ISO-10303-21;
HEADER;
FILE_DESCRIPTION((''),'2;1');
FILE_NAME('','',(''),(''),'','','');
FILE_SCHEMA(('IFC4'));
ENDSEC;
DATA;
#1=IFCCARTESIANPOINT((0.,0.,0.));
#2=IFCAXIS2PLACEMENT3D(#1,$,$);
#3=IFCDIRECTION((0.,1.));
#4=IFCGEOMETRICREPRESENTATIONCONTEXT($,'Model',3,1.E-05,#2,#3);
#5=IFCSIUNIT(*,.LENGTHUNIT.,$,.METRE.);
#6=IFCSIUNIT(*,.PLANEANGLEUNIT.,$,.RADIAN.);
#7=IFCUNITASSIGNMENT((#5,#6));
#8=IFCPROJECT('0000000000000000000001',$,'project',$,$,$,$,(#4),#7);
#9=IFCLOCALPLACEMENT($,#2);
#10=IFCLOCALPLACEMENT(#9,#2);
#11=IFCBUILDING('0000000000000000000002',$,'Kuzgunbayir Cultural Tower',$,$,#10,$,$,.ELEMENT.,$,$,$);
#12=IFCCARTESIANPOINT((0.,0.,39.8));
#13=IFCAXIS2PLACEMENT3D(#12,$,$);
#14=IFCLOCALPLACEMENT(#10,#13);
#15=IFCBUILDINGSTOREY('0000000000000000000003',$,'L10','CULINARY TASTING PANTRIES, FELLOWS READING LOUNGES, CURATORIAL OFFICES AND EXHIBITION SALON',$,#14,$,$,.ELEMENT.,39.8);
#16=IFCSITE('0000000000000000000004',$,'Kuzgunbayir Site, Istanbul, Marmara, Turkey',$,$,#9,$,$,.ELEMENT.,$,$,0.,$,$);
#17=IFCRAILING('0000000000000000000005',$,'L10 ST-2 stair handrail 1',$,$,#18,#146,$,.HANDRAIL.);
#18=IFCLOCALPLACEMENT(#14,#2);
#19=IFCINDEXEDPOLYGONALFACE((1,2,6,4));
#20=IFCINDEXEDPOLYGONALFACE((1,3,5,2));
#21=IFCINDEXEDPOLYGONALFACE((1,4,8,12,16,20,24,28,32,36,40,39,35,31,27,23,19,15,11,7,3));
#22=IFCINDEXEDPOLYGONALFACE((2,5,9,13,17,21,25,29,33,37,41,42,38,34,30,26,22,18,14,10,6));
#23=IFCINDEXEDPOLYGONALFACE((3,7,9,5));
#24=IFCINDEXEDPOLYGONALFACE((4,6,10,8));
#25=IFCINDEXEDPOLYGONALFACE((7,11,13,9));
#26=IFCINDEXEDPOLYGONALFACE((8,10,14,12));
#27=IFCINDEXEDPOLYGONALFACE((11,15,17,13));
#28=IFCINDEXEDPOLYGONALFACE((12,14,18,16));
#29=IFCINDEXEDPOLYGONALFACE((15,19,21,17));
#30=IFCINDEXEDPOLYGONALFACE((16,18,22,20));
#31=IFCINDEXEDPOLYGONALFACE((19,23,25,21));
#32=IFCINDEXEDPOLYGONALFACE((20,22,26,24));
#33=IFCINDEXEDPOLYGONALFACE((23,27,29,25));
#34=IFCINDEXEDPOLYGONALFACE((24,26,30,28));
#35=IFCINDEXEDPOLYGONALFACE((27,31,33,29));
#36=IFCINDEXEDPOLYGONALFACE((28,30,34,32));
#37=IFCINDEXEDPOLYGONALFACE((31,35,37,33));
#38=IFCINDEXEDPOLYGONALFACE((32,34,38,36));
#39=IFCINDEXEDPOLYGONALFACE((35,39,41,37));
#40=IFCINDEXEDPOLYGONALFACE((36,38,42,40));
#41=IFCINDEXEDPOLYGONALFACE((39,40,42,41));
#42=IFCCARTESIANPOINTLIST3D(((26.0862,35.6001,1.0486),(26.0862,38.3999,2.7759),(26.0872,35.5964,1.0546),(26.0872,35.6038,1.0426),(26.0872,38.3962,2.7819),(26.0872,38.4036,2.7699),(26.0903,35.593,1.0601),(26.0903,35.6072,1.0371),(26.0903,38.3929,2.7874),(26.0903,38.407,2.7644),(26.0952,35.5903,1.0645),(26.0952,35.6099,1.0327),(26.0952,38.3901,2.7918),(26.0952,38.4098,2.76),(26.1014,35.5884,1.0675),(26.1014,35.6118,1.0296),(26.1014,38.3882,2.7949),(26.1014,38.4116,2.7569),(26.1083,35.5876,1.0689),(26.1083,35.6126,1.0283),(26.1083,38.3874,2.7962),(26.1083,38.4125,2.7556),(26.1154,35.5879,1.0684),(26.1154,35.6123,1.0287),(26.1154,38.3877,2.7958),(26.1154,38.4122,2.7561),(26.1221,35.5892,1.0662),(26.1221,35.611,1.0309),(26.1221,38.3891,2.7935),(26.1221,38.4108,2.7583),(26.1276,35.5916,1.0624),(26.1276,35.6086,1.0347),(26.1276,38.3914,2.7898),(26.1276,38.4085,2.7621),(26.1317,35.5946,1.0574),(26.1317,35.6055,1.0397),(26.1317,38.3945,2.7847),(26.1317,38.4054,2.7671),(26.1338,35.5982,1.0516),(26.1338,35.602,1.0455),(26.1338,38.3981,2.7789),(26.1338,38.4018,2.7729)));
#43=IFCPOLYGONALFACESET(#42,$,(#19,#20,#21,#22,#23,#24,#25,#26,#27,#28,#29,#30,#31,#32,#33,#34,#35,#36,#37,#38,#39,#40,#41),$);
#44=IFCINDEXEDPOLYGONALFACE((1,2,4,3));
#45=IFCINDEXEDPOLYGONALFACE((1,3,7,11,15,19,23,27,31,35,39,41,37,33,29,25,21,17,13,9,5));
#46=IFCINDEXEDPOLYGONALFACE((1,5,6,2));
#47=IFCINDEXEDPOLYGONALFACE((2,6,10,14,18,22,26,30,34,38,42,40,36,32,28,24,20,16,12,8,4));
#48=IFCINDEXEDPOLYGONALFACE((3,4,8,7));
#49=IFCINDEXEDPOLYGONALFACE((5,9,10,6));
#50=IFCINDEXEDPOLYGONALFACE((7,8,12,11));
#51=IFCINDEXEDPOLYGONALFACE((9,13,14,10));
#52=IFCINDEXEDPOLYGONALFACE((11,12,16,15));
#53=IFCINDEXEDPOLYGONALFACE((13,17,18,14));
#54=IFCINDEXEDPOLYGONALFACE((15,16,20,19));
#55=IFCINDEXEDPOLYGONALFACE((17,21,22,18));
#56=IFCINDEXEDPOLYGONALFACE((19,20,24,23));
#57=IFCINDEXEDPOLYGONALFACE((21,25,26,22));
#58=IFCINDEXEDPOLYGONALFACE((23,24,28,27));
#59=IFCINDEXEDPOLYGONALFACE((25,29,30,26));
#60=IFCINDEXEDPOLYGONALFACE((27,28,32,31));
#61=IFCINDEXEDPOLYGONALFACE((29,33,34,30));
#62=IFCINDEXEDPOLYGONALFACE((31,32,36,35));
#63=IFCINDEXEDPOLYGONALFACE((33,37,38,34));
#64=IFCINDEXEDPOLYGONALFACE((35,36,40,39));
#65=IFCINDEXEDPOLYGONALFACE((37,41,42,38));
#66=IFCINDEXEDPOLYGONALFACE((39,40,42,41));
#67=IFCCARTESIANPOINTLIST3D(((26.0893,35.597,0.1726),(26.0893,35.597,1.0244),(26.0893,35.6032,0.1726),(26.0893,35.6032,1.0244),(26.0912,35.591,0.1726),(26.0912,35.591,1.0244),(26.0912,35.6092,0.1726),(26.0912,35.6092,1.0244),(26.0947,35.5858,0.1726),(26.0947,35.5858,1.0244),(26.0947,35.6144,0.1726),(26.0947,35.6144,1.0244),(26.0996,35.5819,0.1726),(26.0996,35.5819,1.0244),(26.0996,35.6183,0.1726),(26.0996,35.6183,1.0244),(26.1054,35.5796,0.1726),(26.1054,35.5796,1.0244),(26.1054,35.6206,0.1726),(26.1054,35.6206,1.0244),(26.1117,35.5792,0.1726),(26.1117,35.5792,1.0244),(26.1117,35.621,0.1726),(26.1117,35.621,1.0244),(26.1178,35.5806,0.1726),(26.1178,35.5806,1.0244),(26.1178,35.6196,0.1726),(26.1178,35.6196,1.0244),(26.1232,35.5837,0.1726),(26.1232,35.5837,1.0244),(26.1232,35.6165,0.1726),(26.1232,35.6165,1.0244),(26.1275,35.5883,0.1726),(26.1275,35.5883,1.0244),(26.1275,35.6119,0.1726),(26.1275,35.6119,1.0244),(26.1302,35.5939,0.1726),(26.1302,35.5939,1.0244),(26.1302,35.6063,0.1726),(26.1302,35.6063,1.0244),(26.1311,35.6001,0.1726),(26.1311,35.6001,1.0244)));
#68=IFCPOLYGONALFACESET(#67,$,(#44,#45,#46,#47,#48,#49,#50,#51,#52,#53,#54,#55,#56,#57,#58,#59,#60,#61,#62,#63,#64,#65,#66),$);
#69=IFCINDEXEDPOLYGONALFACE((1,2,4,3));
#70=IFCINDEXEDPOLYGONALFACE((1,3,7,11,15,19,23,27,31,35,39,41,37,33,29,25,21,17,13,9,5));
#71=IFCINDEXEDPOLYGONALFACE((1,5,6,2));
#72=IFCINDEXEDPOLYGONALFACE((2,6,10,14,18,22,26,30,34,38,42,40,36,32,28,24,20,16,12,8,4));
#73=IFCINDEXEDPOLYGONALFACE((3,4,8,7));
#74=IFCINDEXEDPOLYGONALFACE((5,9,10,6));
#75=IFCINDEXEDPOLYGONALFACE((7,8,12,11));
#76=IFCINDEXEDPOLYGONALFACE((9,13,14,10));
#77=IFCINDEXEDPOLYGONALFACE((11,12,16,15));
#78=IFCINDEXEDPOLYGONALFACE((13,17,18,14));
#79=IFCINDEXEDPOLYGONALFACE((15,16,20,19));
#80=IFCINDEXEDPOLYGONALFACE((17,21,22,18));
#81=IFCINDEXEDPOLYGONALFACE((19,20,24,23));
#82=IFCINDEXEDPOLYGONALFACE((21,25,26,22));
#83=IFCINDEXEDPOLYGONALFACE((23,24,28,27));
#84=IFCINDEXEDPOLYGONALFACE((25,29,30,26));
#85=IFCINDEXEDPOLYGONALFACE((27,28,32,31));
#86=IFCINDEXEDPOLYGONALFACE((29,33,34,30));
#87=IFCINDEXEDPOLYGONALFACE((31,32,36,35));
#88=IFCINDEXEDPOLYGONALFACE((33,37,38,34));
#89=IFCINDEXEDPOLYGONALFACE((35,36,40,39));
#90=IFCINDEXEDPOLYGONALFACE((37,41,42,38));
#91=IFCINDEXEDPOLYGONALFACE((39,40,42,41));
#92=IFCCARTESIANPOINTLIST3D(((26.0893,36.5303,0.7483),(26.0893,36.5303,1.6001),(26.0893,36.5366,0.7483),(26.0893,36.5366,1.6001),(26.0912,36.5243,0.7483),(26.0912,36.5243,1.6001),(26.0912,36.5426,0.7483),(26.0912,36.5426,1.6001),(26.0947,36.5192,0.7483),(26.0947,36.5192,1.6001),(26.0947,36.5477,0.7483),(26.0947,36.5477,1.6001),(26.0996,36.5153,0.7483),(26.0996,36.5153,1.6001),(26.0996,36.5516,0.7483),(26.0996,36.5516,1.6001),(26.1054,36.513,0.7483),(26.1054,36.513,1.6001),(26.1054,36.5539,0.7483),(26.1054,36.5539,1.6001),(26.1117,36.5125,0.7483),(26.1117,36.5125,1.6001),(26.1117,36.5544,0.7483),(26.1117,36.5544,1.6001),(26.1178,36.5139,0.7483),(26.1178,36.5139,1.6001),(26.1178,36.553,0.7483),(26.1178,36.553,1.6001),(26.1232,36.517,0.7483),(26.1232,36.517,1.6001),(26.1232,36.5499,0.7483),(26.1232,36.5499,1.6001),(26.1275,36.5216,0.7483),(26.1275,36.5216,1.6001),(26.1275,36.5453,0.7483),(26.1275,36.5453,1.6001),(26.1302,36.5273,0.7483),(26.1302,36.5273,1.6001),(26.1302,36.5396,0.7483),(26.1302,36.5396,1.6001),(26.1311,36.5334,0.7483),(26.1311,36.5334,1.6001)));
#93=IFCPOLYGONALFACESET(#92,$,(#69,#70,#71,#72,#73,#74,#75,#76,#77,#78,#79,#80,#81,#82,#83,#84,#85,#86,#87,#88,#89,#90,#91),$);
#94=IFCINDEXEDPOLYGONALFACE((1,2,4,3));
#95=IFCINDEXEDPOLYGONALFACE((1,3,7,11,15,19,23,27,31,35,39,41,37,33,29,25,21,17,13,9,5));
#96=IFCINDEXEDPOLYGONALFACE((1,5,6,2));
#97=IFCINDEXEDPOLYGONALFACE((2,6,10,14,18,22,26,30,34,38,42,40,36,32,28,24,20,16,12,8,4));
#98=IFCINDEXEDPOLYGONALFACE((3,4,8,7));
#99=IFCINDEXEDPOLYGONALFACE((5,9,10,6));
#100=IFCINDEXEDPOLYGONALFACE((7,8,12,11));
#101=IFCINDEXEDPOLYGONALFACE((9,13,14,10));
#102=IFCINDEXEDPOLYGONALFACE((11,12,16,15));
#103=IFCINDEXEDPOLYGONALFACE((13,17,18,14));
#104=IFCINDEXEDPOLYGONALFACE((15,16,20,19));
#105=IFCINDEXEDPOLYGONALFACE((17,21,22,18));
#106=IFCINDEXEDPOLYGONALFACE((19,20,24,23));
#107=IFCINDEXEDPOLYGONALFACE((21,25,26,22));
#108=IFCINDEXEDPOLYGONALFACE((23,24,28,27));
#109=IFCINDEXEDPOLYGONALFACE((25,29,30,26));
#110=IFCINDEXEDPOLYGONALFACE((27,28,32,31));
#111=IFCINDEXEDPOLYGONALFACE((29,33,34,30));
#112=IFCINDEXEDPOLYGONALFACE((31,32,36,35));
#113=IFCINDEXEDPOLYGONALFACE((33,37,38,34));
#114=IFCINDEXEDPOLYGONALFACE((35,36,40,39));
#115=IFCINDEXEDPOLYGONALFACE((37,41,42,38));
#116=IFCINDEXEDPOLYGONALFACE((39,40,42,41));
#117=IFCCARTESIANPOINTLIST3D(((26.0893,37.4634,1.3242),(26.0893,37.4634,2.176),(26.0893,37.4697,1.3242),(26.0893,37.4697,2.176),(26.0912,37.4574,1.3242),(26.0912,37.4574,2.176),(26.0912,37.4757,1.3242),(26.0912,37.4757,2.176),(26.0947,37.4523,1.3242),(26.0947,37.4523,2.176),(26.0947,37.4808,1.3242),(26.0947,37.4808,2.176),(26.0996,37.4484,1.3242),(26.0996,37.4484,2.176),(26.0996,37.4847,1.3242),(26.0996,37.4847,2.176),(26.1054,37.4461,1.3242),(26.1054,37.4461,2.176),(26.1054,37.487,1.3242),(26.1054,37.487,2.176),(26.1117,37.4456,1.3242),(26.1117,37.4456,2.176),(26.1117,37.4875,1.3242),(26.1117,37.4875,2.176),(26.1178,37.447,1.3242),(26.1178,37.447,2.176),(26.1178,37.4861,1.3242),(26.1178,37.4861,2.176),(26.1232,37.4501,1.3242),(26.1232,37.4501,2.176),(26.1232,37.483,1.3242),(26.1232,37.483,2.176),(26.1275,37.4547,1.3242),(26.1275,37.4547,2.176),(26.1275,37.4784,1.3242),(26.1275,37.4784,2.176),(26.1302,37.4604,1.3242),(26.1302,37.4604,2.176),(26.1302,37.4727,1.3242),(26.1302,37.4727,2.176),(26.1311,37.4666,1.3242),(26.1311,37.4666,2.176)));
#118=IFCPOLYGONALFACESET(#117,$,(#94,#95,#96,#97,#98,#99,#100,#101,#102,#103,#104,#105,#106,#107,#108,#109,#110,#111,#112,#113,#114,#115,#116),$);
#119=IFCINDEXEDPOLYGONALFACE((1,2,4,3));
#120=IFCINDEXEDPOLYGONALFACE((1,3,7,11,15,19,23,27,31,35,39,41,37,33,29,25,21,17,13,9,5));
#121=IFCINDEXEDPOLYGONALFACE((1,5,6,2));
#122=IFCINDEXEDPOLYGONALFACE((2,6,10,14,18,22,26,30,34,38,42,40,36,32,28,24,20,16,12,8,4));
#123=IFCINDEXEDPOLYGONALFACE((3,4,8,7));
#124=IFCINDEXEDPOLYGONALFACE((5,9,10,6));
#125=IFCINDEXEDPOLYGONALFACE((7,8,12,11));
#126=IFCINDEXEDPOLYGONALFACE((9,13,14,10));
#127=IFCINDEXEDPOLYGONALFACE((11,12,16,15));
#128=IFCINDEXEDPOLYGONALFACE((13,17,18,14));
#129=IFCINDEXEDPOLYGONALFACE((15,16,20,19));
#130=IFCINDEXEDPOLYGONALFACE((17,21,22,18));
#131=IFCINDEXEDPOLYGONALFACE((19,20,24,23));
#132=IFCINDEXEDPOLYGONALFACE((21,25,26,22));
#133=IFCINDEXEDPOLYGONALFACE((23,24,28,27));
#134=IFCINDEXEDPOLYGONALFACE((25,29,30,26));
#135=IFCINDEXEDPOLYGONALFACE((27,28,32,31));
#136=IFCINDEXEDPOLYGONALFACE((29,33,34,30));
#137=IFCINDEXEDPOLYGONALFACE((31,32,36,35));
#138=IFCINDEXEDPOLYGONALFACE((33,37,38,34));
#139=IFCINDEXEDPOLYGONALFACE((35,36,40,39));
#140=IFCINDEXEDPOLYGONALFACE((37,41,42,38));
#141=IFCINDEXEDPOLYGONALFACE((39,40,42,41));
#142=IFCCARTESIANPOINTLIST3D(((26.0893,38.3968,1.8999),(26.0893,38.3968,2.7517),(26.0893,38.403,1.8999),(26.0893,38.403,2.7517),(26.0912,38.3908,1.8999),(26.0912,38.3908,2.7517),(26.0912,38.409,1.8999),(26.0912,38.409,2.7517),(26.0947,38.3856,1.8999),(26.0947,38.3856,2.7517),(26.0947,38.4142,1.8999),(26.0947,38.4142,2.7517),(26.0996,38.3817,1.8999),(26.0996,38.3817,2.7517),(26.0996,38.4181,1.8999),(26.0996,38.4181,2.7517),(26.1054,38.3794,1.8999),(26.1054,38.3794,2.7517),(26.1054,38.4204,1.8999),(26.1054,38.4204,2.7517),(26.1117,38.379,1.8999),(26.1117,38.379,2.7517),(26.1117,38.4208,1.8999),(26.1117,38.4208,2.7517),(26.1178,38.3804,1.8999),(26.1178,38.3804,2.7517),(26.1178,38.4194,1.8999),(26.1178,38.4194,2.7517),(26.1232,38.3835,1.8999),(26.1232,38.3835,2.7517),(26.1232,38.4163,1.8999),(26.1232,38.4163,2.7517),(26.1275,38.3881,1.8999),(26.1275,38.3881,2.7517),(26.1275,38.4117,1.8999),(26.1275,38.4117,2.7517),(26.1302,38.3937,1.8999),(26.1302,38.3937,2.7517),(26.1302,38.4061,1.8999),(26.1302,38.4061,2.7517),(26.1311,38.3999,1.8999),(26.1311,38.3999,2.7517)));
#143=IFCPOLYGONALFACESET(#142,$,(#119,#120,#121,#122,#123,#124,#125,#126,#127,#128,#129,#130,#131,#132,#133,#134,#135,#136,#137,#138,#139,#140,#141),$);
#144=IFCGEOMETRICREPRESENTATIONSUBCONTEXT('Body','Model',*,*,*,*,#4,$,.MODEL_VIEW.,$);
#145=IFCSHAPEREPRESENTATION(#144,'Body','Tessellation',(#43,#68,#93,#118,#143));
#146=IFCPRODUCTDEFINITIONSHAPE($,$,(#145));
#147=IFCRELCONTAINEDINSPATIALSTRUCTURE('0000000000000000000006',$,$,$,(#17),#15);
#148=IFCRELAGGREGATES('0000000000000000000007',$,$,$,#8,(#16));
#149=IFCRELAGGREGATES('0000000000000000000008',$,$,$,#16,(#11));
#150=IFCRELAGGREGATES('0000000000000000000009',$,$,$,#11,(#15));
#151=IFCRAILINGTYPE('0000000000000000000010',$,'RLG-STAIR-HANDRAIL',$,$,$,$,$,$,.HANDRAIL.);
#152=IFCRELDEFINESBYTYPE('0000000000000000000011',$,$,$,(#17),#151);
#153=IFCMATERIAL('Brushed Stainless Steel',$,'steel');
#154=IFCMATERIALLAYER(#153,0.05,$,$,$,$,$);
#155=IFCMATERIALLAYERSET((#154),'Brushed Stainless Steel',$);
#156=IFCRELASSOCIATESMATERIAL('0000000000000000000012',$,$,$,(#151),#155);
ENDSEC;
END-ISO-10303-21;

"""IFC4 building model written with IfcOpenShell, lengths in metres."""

from ifc_helpers import new_model, si_unit, direction, frame, origin, origin_2d, place, context, subcontext, project, spatial, circle, extrude, material, layer, layer_set, type_object, element, save


model = new_model("IFC4")

# Units and contexts
model_context = context("Model", 3, precision=1e-05, world=origin(), true_north=direction((0.0, 1.0)))
body_context = subcontext(model_context, "Body", "Model", "MODEL_VIEW")
ifc_project = project(units=[si_unit("LENGTHUNIT", "METRE"), si_unit("PLANEANGLEUNIT", "RADIAN")], contexts=[model_context])

# Site, building, storey
site_placement = place(None, origin())
site = spatial("IfcSite", under=ifc_project, at=site_placement, Name="Kuzgunbayir Site, Istanbul, Marmara, Turkey", CompositionType="ELEMENT", RefElevation=0.0)
building_placement = place(site_placement, origin())
building = spatial("IfcBuilding", under=site, at=building_placement, Name="Kuzgunbayir Cultural Tower", CompositionType="ELEMENT")
storey_placement = place(building_placement, frame((0.0, 0.0, 39.8)))
storey = spatial("IfcBuildingStorey", under=building, at=storey_placement, Name="L10", Description="CULINARY TASTING PANTRIES, FELLOWS READING LOUNGES, CURATORIAL OFFICES AND EXHIBITION SALON", CompositionType="ELEMENT", Elevation=39.8)

# Railing
ifc_material_1 = material(Name="Brushed Stainless Steel", Category="steel")
ifc_layer_1 = layer(ifc_material_1, 0.05)
ifc_layer_set_1 = layer_set([ifc_layer_1], Name="Brushed Stainless Steel")
railing_type_1 = type_object("IfcRailingType", Name="RLG-STAIR-HANDRAIL", PredefinedType="HANDRAIL", material=ifc_layer_set_1)
railing_1_placement = place(storey_placement, frame((26.1101, 35.6001, 0.1726)))
element("IfcRailing", 1, at=railing_1_placement, inside=storey, type_object=railing_type_1, Name="L10 ST-2 stair handrail 1", PredefinedType="HANDRAIL", context=body_context, shape_type="SweptSolid", body=[
    extrude(circle(Radius=0.0239, at=origin_2d()), frame((0.0, 0.0, 0.876), z_axis=(0.0, 0.851069, 0.525054), x_axis=(-1.0, 0.0, 0.0)), (0.0, 0.0, 1.0), 3.2898),
    extrude(circle(Radius=0.021, at=origin_2d()), origin(), (0.0, 0.0, 1.0), 0.8518),
    extrude(circle(Radius=0.021, at=origin_2d()), frame((0.0, 0.9333, 0.5757)), (0.0, 0.0, 1.0), 0.8518),
    extrude(circle(Radius=0.021, at=origin_2d()), frame((0.0, 1.8665, 1.1516)), (0.0, 0.0, 1.0), 0.8518),
    extrude(circle(Radius=0.021, at=origin_2d()), frame((0.0, 2.7998, 1.7273)), (0.0, 0.0, 1.0), 0.8518),
])

save(model, "model.ifc")
